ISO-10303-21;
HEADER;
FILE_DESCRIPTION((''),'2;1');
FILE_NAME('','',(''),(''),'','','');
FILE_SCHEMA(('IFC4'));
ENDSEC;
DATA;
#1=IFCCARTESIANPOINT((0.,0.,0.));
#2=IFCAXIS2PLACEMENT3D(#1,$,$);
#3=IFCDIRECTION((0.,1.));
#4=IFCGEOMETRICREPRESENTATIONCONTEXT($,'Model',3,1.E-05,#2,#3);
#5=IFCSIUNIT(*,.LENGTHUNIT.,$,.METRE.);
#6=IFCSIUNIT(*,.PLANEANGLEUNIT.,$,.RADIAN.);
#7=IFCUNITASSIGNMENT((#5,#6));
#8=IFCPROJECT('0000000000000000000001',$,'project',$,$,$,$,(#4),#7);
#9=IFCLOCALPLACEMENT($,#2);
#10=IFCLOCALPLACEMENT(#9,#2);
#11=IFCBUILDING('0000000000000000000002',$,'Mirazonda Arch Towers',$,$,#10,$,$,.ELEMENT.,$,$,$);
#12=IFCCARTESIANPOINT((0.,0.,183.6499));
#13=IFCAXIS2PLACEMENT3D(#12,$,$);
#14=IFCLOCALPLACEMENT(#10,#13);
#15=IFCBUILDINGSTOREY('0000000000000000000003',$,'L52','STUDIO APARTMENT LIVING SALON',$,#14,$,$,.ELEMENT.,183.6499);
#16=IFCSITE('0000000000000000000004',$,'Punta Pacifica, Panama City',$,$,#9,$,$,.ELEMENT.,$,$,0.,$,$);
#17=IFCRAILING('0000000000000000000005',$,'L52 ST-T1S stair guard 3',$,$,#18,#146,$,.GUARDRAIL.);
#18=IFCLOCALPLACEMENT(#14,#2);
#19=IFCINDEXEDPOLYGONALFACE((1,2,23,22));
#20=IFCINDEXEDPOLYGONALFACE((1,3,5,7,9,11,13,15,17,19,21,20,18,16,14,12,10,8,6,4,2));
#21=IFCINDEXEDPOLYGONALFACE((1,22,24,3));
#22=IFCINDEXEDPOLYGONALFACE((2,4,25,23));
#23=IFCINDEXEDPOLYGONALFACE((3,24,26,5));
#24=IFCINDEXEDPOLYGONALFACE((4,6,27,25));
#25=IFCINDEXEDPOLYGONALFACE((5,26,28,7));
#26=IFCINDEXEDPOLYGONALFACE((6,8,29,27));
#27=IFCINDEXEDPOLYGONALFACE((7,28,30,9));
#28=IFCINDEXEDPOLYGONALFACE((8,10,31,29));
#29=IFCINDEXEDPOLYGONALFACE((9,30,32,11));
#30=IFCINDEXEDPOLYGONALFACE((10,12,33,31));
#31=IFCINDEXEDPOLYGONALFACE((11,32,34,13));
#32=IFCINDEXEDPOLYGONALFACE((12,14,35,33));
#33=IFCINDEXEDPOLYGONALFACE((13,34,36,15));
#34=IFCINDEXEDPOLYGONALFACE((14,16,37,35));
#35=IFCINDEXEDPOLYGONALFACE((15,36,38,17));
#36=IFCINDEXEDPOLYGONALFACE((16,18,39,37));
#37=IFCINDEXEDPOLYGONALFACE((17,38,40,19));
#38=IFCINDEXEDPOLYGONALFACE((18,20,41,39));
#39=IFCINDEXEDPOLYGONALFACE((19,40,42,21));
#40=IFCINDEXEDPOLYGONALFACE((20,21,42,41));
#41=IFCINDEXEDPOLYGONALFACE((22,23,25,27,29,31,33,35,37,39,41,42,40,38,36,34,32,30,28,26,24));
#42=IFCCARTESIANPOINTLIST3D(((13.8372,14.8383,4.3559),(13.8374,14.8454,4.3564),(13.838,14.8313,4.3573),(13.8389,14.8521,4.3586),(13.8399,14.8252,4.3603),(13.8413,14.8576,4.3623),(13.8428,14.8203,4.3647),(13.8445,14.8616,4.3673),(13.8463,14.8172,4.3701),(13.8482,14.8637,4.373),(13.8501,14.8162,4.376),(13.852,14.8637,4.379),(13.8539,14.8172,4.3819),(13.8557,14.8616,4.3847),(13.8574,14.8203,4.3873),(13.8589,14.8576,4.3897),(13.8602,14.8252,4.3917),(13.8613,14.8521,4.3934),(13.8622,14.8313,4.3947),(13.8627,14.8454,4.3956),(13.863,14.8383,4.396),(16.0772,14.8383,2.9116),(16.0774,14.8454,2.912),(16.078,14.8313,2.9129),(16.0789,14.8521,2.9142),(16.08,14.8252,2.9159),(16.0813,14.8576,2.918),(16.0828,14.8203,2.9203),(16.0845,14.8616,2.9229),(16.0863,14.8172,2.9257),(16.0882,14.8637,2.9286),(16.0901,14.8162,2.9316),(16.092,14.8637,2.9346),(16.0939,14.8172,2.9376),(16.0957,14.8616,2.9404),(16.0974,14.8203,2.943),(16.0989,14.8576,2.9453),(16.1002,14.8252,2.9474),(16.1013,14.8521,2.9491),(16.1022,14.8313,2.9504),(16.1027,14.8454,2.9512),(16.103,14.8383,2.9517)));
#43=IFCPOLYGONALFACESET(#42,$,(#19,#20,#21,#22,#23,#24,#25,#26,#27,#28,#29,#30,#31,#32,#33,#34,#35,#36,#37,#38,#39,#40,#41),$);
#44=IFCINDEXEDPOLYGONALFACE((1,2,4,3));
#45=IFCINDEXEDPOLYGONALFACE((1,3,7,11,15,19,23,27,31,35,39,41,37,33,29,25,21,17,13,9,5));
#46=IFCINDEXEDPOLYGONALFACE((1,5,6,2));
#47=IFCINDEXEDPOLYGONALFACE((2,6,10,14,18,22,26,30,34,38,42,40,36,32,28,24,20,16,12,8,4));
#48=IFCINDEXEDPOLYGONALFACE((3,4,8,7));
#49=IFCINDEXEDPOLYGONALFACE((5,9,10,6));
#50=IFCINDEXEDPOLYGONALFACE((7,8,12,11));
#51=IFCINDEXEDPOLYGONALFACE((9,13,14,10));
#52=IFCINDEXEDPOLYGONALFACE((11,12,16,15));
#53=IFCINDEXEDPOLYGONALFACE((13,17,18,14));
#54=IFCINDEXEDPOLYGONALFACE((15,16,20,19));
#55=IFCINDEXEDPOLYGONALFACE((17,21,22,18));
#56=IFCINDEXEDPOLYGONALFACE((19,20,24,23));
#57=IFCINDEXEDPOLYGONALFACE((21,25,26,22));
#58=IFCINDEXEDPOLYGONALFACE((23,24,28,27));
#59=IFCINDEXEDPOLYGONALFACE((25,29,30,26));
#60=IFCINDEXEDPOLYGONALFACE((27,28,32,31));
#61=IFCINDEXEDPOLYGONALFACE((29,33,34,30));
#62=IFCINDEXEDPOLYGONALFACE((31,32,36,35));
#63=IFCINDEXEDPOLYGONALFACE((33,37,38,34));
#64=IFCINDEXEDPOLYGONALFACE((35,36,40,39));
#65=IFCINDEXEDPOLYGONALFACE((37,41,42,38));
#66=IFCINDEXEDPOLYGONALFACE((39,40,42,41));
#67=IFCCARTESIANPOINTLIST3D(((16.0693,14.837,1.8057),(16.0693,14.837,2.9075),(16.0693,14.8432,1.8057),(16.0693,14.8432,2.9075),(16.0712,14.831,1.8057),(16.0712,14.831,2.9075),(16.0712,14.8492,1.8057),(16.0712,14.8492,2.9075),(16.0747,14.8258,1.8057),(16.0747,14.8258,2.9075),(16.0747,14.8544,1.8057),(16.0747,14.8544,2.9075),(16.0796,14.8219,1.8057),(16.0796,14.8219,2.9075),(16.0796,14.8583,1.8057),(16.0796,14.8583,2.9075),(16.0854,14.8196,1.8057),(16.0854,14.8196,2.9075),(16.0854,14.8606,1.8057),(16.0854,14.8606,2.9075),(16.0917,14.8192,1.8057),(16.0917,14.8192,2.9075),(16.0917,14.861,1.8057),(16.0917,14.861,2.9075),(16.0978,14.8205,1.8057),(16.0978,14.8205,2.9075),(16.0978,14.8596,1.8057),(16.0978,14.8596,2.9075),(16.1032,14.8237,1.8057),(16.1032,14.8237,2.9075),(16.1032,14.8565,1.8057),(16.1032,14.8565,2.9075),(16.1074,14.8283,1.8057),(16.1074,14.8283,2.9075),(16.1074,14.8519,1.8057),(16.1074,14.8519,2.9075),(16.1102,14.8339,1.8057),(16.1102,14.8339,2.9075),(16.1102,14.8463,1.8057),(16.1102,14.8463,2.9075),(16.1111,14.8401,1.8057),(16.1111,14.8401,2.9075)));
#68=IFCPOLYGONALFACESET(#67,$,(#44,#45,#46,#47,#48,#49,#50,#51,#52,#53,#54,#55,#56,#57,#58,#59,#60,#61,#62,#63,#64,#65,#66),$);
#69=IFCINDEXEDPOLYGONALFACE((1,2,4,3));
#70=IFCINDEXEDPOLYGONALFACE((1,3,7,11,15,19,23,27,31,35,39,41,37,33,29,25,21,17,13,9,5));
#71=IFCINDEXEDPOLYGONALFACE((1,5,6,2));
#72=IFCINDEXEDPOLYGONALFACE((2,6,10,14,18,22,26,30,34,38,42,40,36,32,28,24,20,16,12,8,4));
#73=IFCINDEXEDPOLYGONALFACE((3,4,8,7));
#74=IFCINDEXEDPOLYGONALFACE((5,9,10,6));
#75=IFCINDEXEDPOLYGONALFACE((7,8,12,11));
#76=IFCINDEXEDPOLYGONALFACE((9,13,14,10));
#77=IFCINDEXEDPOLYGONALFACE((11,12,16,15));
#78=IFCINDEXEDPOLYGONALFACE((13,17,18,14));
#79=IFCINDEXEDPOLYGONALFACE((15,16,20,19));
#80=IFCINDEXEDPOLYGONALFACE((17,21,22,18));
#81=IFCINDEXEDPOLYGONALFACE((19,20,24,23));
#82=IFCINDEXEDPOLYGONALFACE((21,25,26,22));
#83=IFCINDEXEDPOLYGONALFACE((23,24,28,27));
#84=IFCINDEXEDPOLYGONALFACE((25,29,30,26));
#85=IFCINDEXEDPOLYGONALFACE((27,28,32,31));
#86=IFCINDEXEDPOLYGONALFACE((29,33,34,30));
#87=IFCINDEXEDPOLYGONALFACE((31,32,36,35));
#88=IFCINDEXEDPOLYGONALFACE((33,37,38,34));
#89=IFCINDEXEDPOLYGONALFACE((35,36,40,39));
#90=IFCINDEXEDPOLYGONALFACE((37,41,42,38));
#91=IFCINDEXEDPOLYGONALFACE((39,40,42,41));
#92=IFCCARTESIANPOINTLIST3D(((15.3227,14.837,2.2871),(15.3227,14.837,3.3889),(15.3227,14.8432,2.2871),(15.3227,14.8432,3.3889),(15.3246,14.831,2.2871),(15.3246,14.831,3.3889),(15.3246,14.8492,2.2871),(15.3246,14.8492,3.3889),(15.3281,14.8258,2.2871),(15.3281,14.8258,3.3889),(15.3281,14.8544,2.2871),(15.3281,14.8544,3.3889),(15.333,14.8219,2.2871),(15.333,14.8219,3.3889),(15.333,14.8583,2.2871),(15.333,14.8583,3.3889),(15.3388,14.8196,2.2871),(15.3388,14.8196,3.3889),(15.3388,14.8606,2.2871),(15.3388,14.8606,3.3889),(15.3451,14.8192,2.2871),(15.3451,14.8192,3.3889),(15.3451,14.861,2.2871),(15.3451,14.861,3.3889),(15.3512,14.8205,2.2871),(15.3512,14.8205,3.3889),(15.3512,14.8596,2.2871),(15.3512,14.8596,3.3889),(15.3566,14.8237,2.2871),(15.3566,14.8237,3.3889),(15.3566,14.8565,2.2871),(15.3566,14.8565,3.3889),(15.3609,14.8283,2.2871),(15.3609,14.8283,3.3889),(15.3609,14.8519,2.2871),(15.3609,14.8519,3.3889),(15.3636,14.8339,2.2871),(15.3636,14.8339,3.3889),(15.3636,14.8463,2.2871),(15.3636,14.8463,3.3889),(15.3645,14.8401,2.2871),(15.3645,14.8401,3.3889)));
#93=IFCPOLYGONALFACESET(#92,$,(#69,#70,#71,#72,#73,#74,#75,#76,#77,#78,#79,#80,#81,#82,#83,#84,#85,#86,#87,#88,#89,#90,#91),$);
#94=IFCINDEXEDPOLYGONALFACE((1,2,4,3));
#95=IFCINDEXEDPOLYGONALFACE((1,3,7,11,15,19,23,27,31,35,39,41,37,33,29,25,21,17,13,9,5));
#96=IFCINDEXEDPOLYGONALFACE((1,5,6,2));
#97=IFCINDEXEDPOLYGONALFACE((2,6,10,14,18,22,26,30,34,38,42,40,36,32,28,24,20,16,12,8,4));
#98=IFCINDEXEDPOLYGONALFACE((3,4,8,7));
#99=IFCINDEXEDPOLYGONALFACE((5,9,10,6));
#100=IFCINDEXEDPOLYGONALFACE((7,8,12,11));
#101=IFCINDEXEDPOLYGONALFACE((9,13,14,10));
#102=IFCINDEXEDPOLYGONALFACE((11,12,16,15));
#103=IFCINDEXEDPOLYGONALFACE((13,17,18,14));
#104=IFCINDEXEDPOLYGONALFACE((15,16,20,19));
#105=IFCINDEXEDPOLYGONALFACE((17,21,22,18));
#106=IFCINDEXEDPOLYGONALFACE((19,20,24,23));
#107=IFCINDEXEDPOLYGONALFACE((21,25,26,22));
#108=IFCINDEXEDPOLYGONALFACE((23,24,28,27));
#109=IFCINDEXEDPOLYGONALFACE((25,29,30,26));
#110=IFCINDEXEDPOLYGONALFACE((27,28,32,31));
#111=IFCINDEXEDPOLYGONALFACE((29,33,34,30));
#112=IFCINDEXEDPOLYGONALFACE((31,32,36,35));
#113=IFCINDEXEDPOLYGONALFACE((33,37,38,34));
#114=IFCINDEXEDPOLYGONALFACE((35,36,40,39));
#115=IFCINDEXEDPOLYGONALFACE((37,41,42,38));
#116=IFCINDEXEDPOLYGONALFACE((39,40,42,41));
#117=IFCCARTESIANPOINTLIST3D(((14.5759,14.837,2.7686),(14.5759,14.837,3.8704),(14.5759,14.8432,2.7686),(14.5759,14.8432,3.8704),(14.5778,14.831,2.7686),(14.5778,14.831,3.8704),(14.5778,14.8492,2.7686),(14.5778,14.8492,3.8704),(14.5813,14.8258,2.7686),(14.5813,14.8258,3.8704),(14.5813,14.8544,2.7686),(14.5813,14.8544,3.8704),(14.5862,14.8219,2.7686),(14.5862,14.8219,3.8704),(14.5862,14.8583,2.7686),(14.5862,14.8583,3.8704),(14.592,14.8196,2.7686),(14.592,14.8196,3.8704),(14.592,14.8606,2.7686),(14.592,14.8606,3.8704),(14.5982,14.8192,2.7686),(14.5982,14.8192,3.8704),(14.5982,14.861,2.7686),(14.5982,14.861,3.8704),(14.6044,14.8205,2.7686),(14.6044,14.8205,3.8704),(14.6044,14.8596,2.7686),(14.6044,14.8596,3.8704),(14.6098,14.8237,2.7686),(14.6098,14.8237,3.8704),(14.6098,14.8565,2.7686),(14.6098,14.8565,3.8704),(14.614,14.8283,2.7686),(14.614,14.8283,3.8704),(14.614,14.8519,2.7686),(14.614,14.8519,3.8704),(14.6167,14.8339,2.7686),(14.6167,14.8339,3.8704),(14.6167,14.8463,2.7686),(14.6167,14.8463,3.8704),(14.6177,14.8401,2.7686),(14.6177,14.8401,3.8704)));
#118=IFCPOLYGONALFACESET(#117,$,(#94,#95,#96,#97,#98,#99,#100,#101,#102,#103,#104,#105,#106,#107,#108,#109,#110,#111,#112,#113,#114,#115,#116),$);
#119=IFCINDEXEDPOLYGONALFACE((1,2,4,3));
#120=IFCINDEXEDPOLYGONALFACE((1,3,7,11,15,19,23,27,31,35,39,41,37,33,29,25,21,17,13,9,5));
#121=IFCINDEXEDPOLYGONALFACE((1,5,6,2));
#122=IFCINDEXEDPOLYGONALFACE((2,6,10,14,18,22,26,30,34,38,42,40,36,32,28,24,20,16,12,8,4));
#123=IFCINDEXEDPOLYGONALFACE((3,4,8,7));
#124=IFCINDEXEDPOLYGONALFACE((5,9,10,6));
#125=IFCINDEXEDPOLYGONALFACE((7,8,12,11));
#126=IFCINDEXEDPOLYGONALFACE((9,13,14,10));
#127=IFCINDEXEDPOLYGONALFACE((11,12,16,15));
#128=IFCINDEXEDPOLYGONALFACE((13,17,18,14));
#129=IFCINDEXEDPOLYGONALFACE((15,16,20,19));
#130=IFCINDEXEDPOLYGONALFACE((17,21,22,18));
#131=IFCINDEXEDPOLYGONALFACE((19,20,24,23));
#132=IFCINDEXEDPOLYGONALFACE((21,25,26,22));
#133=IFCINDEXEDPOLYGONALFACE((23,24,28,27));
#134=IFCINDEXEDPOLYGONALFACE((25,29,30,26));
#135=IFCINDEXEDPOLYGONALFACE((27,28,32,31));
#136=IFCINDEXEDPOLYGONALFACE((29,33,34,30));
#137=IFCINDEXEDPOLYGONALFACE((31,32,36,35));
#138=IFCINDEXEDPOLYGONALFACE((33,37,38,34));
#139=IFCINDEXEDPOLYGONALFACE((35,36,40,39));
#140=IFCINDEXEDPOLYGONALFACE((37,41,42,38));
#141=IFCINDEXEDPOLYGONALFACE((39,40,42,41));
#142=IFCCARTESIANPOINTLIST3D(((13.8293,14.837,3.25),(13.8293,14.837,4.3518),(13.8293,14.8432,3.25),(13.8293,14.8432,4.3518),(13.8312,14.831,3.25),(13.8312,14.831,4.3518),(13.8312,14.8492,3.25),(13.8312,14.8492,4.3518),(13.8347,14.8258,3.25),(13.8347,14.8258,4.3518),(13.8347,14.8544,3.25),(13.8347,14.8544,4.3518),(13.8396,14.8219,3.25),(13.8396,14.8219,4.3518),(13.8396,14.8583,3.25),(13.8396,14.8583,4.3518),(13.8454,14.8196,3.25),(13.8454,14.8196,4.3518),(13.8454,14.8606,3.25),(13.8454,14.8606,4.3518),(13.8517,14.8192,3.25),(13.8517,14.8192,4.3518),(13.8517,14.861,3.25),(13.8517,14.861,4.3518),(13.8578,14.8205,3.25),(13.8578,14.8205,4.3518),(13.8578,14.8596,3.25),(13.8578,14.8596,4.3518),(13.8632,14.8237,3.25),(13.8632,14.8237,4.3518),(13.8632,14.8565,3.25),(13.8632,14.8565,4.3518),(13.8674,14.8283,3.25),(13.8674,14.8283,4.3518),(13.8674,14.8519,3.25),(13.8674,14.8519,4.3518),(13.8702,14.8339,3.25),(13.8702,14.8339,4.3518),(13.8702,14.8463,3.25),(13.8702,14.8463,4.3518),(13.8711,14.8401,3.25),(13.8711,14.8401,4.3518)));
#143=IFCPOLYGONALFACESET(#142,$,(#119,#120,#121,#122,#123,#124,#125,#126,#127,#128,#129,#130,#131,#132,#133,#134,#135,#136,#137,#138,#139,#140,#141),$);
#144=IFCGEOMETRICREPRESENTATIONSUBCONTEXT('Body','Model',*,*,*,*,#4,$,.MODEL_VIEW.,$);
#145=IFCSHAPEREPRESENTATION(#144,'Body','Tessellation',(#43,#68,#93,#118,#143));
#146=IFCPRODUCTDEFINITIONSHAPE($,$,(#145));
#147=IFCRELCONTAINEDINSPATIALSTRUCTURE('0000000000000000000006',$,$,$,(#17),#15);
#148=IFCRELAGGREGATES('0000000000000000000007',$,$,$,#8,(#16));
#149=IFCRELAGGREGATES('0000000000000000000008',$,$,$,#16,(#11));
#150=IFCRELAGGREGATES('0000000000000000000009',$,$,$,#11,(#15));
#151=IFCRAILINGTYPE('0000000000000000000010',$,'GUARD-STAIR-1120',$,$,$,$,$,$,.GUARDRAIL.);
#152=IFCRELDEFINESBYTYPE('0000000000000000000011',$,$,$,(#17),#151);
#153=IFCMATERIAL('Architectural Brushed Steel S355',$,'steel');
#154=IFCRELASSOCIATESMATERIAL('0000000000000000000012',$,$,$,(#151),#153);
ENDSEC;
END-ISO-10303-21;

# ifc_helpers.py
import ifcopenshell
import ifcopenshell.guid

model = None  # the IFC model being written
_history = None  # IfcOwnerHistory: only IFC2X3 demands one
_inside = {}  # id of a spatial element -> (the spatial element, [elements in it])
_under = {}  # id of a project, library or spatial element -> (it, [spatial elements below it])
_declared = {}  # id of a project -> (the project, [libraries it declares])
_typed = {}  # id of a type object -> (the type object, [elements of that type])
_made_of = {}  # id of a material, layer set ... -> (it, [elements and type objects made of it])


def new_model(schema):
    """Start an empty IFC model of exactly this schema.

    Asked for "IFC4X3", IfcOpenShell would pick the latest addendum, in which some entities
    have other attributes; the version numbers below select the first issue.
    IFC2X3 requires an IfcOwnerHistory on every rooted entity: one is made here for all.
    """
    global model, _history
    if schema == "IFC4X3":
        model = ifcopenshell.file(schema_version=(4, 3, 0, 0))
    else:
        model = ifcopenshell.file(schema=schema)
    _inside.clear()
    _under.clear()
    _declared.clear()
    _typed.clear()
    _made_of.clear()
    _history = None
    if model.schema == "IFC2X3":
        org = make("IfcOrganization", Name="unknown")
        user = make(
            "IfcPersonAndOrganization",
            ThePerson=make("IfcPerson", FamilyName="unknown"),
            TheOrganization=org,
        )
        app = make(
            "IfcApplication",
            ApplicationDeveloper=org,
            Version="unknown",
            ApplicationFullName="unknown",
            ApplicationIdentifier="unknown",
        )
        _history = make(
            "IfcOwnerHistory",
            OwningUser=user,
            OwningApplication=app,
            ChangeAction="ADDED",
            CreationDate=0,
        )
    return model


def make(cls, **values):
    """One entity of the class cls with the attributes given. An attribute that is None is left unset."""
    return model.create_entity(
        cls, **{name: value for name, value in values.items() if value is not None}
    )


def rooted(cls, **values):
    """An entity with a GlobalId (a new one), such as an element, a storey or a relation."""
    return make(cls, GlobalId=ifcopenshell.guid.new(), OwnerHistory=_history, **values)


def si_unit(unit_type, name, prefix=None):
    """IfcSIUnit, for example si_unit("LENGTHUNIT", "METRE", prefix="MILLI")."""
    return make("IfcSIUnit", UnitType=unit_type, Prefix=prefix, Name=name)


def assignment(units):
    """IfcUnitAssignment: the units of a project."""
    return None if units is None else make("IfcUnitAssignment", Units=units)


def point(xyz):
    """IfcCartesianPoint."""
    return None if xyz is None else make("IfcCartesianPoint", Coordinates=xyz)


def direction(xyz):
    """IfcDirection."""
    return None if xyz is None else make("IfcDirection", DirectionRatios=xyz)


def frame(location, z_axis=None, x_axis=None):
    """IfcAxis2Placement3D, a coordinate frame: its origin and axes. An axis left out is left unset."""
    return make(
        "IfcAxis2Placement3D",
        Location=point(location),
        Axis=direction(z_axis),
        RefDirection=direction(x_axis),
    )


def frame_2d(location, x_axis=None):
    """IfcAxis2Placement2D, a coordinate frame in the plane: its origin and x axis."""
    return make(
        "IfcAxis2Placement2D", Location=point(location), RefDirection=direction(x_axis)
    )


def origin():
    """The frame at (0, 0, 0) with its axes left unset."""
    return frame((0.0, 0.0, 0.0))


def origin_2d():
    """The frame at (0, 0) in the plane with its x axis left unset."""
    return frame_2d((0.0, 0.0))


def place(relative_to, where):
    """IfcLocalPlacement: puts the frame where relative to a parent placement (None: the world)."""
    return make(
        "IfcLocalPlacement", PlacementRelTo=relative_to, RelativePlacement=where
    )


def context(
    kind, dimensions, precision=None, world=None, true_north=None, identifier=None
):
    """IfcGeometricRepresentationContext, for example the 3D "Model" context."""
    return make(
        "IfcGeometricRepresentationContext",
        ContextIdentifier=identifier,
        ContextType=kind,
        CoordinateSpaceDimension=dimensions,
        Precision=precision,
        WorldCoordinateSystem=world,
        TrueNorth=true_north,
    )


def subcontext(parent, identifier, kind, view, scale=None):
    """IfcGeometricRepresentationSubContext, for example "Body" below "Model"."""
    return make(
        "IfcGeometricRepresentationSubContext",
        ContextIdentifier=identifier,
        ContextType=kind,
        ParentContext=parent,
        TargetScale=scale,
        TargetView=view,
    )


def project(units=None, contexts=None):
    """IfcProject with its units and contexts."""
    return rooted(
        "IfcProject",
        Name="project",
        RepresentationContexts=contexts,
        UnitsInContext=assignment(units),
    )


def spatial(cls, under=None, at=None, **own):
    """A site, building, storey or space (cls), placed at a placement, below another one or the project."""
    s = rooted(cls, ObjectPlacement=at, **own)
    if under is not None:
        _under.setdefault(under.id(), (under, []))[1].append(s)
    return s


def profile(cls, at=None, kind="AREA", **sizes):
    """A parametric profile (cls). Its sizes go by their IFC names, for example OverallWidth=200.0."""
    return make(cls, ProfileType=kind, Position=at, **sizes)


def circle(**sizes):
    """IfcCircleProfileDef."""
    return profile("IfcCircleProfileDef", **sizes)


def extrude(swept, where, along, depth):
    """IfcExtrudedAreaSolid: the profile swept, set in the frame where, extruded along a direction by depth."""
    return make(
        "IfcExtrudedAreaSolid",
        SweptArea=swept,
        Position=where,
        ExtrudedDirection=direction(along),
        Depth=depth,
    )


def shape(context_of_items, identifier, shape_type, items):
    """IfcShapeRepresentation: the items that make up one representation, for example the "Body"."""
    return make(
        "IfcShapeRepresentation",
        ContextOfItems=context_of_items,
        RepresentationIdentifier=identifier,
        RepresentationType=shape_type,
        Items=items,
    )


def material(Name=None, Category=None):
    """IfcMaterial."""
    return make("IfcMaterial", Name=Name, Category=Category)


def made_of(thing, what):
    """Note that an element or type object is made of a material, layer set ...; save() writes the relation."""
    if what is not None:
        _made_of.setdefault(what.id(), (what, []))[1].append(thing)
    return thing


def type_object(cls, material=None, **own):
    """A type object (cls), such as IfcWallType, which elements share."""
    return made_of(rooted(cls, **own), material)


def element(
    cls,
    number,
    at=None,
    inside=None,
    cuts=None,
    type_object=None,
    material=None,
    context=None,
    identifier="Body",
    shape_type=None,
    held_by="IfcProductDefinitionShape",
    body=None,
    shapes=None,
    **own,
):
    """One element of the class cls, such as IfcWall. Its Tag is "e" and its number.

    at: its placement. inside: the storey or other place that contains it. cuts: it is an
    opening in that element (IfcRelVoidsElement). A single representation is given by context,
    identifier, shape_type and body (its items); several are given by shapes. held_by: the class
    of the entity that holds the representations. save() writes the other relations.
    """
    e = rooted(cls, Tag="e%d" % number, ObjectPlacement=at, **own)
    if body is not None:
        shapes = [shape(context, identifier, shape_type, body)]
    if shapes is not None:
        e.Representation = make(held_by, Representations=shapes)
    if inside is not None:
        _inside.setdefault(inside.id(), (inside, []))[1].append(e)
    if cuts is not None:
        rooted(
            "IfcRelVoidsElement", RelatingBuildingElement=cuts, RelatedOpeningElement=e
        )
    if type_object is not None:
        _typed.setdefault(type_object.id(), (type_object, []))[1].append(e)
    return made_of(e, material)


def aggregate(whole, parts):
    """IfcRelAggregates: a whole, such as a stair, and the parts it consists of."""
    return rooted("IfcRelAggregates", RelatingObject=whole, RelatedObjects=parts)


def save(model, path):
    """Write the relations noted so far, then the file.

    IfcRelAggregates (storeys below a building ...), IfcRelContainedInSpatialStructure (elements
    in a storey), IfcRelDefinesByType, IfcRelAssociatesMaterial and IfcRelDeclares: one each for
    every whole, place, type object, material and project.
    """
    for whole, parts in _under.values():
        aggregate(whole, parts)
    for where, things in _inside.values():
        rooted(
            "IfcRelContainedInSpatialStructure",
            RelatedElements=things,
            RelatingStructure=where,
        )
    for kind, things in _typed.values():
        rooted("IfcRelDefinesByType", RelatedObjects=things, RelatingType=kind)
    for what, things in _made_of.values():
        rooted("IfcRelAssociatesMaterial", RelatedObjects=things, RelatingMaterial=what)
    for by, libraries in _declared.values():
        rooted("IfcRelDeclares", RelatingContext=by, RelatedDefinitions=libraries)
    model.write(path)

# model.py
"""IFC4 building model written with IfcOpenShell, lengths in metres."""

from ifc_helpers import new_model, si_unit, direction, frame, origin, origin_2d, place, context, subcontext, project, spatial, circle, extrude, material, type_object, element, save


model = new_model("IFC4")

# Units and contexts
model_context = context("Model", 3, precision=1e-05, world=origin(), true_north=direction((0.0, 1.0)))
body_context = subcontext(model_context, "Body", "Model", "MODEL_VIEW")
ifc_project = project(units=[si_unit("LENGTHUNIT", "METRE"), si_unit("PLANEANGLEUNIT", "RADIAN")], contexts=[model_context])

# Site, building, storey
site_placement = place(None, origin())
site = spatial("IfcSite", under=ifc_project, at=site_placement, Name="Punta Pacifica, Panama City", CompositionType="ELEMENT", RefElevation=0.0)
building_placement = place(site_placement, origin())
building = spatial("IfcBuilding", under=site, at=building_placement, Name="Mirazonda Arch Towers", CompositionType="ELEMENT")
storey_placement = place(building_placement, frame((0.0, 0.0, 183.6499)))
storey = spatial("IfcBuildingStorey", under=building, at=storey_placement, Name="L52", Description="STUDIO APARTMENT LIVING SALON", CompositionType="ELEMENT", Elevation=183.6499)

# Shared definitions
ifc_material_1 = material(Name="Architectural Brushed Steel S355", Category="steel")

# Railing
railing_type_1 = type_object("IfcRailingType", Name="GUARD-STAIR-1120", PredefinedType="GUARDRAIL", material=ifc_material_1)
railing_1_placement = place(storey_placement, frame((16.0901, 14.8401, 1.8057)))
element("IfcRailing", 1, at=railing_1_placement, inside=storey, type_object=railing_type_1, Name="L52 ST-T1S stair guard 3", PredefinedType="GUARDRAIL", context=body_context, shape_type="SweptSolid", body=[
    extrude(circle(Radius=0.0239, at=origin_2d()), frame((0.0, 0.0, 1.126), z_axis=(-0.840437, 0.0, 0.54191), x_axis=(0.0, -1.0, 0.0)), (0.0, 0.0, 1.0), 2.6653),
    extrude(circle(Radius=0.021, at=origin_2d()), origin(), (0.0, 0.0, 1.0), 1.1018),
    extrude(circle(Radius=0.021, at=origin_2d()), frame((-0.7466, 0.0, 0.4814)), (0.0, 0.0, 1.0), 1.1018),
    extrude(circle(Radius=0.021, at=origin_2d()), frame((-1.4934, 0.0, 0.9629)), (0.0, 0.0, 1.0), 1.1018),
    extrude(circle(Radius=0.021, at=origin_2d()), frame((-2.24, 0.0, 1.4443)), (0.0, 0.0, 1.0), 1.1018),
])

save(model, "model.ifc")
